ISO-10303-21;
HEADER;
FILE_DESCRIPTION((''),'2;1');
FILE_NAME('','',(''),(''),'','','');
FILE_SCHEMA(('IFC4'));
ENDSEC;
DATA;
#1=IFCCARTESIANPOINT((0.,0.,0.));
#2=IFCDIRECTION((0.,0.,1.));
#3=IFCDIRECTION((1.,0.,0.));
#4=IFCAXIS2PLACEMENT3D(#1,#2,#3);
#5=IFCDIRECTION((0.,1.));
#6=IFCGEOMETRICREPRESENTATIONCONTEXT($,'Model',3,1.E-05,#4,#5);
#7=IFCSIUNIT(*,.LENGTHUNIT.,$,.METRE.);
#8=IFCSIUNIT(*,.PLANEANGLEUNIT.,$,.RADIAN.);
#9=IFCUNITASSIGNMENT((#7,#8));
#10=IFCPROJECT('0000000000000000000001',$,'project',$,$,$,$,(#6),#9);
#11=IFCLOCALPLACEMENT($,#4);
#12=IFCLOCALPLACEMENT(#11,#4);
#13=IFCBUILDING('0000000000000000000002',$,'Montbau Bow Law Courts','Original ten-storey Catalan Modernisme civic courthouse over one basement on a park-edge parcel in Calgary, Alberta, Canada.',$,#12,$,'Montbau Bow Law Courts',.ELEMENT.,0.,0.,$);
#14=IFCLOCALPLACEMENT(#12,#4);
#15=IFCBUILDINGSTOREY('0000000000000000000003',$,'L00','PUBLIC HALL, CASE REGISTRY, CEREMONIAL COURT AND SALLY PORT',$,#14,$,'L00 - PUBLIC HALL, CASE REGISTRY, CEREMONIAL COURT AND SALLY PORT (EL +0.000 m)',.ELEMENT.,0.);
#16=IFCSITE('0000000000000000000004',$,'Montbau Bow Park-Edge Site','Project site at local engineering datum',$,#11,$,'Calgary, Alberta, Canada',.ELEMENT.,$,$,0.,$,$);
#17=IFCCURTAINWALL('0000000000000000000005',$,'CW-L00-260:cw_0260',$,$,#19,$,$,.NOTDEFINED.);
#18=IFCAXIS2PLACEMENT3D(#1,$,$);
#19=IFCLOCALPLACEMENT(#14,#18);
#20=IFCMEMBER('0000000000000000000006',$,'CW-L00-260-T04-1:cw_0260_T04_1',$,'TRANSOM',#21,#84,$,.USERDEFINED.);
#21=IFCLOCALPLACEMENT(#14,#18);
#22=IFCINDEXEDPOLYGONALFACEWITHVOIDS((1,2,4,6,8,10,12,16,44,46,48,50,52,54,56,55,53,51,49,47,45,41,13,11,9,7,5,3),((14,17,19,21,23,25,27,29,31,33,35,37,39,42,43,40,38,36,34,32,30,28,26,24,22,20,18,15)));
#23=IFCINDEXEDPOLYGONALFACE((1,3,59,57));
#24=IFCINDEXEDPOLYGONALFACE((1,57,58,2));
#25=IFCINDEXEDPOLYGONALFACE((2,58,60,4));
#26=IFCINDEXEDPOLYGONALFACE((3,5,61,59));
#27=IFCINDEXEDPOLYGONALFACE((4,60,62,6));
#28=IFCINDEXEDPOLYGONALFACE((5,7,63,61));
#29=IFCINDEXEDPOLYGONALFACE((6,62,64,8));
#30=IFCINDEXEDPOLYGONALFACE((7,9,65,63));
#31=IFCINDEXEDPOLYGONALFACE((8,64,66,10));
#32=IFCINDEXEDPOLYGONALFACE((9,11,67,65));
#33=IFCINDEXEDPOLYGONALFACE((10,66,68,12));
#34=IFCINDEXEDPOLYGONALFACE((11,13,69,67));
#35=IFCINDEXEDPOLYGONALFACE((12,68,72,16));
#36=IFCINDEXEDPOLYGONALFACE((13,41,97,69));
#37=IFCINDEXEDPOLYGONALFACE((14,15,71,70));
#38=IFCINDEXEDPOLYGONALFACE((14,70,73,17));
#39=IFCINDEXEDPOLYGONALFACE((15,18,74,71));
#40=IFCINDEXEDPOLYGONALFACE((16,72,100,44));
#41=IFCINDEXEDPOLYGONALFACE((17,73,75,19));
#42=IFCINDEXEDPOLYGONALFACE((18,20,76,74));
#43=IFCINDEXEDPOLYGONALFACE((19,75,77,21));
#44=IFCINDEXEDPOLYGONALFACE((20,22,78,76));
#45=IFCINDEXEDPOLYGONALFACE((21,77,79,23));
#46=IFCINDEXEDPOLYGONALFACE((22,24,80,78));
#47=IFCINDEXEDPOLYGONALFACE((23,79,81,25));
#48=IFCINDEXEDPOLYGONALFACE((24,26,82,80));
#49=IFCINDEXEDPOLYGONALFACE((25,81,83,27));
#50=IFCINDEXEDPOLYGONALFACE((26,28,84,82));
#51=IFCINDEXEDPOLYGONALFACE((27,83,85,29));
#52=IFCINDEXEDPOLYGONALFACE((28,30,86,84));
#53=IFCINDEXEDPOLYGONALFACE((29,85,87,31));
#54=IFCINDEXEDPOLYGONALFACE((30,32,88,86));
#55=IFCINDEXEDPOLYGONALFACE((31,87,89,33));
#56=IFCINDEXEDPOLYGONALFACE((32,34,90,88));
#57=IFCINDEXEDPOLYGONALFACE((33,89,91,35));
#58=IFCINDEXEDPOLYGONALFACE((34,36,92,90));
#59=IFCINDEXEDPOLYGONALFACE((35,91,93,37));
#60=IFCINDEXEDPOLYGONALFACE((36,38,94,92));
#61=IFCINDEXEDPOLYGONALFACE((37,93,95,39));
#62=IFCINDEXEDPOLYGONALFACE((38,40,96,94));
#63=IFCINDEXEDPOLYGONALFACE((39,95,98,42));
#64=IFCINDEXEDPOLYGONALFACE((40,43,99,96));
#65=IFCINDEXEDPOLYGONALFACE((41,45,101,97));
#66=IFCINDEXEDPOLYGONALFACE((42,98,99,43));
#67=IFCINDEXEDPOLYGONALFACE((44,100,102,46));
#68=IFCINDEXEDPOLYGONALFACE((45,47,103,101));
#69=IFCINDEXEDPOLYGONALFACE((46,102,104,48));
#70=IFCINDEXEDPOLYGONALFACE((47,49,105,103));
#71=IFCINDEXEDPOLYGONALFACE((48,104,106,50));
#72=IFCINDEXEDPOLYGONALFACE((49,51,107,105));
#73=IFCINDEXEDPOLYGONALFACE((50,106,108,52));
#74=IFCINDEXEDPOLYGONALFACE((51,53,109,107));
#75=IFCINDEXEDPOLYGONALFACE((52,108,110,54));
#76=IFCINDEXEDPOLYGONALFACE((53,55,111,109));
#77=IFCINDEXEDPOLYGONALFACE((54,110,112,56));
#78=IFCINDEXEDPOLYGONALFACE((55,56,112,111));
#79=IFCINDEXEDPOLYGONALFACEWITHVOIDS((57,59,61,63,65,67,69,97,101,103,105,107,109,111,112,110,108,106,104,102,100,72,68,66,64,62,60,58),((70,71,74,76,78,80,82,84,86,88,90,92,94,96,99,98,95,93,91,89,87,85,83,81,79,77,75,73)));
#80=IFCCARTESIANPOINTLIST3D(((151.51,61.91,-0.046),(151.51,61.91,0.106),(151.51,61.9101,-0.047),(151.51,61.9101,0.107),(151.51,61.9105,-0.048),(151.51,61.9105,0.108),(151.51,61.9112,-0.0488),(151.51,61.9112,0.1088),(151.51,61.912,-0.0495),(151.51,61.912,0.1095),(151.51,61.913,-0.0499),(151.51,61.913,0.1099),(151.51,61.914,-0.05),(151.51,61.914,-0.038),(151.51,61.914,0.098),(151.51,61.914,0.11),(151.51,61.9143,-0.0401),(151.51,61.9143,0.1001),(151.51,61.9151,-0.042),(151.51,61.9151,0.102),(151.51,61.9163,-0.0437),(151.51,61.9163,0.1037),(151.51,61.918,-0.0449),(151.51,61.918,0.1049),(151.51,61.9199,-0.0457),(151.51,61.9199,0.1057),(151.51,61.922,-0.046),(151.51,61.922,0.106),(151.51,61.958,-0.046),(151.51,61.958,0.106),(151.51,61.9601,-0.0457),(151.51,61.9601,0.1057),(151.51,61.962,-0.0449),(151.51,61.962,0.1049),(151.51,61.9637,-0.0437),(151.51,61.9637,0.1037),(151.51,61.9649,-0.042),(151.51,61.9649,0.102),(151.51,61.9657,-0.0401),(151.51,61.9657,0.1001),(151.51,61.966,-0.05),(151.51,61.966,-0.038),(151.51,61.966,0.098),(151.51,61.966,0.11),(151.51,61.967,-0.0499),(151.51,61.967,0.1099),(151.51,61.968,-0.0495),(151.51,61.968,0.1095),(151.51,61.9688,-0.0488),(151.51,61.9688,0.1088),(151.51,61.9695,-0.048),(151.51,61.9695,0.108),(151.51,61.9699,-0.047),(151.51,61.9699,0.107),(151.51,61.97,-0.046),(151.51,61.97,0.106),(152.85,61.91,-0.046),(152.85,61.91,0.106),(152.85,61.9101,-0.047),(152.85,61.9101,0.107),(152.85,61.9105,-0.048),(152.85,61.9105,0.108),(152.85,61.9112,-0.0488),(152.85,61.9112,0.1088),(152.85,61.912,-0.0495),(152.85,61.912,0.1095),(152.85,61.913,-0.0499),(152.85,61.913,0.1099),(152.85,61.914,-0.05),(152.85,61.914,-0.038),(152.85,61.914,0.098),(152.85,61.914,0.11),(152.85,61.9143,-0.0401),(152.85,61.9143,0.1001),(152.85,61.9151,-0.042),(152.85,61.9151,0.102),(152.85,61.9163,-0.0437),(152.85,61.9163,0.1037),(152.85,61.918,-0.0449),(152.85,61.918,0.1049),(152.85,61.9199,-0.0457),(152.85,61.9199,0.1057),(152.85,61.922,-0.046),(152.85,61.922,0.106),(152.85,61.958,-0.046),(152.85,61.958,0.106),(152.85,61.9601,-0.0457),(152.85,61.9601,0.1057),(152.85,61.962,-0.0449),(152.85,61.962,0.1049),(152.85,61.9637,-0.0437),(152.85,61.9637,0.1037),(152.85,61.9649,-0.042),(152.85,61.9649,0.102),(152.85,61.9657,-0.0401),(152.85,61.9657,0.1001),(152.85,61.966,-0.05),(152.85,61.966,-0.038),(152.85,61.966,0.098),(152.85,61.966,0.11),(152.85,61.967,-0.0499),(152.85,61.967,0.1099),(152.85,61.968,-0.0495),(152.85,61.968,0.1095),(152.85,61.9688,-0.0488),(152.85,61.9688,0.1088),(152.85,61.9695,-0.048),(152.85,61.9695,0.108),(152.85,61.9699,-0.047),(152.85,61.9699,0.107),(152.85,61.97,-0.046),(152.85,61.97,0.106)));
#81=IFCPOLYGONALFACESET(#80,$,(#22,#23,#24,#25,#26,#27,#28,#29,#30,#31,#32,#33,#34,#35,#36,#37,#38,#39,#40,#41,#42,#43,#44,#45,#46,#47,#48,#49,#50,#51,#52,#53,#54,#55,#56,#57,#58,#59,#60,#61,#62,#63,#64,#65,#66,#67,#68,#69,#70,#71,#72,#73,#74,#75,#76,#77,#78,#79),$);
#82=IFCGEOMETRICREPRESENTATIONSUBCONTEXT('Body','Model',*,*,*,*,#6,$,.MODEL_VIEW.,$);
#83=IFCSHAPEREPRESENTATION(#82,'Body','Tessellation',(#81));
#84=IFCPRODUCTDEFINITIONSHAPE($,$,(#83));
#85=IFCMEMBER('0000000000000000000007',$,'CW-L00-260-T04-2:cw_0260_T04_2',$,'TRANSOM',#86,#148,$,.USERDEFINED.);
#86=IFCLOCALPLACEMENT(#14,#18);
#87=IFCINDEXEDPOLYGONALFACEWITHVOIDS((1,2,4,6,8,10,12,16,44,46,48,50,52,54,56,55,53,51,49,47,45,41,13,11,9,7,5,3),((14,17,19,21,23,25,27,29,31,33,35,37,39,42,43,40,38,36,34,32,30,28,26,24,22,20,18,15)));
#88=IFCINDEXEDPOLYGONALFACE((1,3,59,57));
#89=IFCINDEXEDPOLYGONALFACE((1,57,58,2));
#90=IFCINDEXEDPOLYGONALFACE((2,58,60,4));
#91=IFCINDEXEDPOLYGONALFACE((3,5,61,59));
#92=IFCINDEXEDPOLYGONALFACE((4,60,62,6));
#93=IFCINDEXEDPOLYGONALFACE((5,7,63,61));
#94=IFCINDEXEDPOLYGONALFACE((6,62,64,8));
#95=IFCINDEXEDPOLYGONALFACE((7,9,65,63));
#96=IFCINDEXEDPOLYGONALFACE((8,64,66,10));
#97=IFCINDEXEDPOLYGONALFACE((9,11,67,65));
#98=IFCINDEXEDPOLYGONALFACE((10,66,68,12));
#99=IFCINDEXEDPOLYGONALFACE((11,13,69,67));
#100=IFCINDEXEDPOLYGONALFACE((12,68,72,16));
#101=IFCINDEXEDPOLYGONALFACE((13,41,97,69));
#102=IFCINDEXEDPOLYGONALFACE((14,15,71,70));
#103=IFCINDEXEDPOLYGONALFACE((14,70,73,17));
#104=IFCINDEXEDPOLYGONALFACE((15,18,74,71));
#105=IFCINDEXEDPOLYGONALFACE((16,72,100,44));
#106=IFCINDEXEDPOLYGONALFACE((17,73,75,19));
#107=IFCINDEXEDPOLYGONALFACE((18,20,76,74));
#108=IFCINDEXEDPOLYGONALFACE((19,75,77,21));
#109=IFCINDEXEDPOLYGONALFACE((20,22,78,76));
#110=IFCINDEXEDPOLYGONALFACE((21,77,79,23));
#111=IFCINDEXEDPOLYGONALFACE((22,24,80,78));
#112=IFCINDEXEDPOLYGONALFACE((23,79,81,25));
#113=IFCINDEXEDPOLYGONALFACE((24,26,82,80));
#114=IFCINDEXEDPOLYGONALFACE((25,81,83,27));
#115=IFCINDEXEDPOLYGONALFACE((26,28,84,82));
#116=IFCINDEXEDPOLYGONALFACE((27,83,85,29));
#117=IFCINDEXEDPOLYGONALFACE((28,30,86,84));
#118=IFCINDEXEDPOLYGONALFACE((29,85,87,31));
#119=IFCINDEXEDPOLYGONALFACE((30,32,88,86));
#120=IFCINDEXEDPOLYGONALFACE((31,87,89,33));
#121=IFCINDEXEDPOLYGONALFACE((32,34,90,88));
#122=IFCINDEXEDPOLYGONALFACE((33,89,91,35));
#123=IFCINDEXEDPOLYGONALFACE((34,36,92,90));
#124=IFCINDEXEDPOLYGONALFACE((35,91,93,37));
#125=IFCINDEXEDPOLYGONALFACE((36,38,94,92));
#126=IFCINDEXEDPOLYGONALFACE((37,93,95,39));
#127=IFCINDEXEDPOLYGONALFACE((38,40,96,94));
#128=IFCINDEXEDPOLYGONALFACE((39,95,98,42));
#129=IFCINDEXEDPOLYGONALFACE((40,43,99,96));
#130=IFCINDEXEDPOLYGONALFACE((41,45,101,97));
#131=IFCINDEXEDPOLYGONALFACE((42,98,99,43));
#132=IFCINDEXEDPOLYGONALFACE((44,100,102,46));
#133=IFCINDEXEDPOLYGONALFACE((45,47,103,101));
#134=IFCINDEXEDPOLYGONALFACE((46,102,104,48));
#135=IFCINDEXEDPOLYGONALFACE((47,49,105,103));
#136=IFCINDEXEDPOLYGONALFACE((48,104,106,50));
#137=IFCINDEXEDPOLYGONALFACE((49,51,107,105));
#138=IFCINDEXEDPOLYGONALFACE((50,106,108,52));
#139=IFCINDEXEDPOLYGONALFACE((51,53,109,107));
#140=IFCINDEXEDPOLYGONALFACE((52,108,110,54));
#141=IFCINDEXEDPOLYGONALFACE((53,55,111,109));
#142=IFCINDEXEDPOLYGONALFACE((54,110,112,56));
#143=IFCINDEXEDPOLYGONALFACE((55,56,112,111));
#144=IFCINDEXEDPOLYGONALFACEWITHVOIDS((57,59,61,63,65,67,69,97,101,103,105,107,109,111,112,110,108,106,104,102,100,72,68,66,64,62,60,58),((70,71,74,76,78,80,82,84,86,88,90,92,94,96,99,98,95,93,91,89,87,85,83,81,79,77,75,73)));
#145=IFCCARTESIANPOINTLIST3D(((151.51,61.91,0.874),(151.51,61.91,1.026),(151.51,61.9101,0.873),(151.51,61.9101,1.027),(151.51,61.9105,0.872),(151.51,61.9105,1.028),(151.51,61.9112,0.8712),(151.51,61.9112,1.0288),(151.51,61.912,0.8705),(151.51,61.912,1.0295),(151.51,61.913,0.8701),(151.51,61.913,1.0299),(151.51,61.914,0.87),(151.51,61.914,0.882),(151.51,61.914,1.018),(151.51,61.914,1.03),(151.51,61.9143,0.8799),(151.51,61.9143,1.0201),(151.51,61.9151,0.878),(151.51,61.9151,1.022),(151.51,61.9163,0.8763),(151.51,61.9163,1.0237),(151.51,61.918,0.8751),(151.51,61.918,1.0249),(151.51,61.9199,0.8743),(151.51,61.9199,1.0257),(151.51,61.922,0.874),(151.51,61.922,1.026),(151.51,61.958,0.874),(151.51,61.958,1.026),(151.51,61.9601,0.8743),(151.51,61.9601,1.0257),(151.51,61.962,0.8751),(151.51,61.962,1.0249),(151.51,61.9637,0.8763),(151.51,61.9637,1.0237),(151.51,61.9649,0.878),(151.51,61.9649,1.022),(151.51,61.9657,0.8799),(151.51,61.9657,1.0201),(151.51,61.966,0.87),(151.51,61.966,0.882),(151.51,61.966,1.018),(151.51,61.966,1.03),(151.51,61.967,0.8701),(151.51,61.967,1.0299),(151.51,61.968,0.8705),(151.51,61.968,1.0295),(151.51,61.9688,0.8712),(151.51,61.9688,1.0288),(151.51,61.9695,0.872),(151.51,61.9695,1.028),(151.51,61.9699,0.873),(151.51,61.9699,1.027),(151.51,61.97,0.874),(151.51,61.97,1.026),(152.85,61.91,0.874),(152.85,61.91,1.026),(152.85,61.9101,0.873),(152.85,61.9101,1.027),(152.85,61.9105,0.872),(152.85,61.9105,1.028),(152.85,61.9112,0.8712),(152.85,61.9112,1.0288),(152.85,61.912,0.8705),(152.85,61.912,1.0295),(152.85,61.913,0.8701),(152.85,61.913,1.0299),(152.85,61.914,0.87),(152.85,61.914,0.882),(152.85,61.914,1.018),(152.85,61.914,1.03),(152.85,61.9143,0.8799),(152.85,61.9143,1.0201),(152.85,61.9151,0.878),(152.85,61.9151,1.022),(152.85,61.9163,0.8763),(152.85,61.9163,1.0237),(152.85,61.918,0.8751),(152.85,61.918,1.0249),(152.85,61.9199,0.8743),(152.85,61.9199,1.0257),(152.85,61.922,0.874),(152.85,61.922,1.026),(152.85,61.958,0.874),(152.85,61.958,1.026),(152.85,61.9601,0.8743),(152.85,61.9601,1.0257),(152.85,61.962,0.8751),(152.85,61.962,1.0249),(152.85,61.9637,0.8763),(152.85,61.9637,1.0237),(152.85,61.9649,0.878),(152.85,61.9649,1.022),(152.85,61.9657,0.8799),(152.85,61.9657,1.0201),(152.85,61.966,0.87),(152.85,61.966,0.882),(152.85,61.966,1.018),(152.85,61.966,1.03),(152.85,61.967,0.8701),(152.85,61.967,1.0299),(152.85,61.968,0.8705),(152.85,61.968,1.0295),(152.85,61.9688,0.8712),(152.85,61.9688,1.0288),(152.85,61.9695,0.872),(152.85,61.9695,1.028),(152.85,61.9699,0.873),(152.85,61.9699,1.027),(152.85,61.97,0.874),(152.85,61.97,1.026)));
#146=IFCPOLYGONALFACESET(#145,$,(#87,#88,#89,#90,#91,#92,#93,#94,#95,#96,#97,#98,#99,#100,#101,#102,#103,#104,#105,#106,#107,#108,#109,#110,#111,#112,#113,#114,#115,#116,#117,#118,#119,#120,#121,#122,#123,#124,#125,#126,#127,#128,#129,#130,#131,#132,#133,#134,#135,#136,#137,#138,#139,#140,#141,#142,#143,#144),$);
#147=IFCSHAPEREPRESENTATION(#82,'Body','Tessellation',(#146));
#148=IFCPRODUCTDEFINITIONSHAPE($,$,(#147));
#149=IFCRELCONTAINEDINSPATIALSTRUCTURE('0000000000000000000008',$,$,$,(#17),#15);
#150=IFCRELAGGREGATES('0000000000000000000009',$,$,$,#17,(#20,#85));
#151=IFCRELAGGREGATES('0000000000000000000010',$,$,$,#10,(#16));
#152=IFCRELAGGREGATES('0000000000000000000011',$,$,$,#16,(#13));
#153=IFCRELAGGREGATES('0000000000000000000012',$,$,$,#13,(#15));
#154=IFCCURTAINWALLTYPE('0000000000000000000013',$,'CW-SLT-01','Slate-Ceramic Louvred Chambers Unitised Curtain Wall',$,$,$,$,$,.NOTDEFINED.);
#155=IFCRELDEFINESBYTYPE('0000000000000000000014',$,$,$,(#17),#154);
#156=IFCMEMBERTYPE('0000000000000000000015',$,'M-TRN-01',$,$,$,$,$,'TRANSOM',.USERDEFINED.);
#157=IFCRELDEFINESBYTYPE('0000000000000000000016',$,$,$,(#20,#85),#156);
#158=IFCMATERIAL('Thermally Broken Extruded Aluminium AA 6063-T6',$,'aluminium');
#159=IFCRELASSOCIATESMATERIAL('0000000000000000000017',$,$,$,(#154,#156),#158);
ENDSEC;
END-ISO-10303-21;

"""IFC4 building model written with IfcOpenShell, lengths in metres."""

from ifc_helpers import new_model, si_unit, direction, frame, origin_with_axes, origin_2d_with_axis, place, context, subcontext, project, spatial, hollow_rectangle, extrude, material, material_profile, profile_set, type_object, element, aggregate, save


model = new_model("IFC4")

# Units and contexts
model_context = context("Model", 3, precision=1e-05, world=origin_with_axes(), true_north=direction((0.0, 1.0)))
body_context = subcontext(model_context, "Body", "Model", "MODEL_VIEW")
ifc_project = project(units=[si_unit("LENGTHUNIT", "METRE"), si_unit("PLANEANGLEUNIT", "RADIAN")], contexts=[model_context])

# Site, building, storey
site_placement = place(None, origin_with_axes())
site = spatial("IfcSite", under=ifc_project, at=site_placement, Name="Montbau Bow Park-Edge Site", Description="Project site at local engineering datum", LongName="Calgary, Alberta, Canada", CompositionType="ELEMENT", RefElevation=0.0)
building_placement = place(site_placement, origin_with_axes())
building = spatial("IfcBuilding", under=site, at=building_placement, Name="Montbau Bow Law Courts", Description="Original ten-storey Catalan Modernisme civic courthouse over one basement on a park-edge parcel in Calgary, Alberta, Canada.", LongName="Montbau Bow Law Courts", CompositionType="ELEMENT", ElevationOfRefHeight=0.0, ElevationOfTerrain=0.0)
storey_placement = place(building_placement, origin_with_axes())
storey = spatial("IfcBuildingStorey", under=building, at=storey_placement, Name="L00", Description="PUBLIC HALL, CASE REGISTRY, CEREMONIAL COURT AND SALLY PORT", LongName="L00 - PUBLIC HALL, CASE REGISTRY, CEREMONIAL COURT AND SALLY PORT (EL +0.000 m)", CompositionType="ELEMENT", Elevation=0.0)

# Curtain wall, members
ifc_material_1 = material(Name="Thermally Broken Extruded Aluminium AA 6063-T6", Category="aluminium")
curtain_wall_type = type_object("IfcCurtainWallType", Name="CW-SLT-01", Description="Slate-Ceramic Louvred Chambers Unitised Curtain Wall", PredefinedType="NOTDEFINED", material=ifc_material_1)
curtain_wall_1_placement = place(None, frame((147.268, 61.94, 0.0), z_axis=(0.0, 0.0, 1.0), x_axis=(1.0, 0.0, 0.0)))
curtain_wall_1 = element("IfcCurtainWall", 1, at=curtain_wall_1_placement, inside=storey, type_object=curtain_wall_type, Name="CW-L00-260:cw_0260", PredefinedType="NOTDEFINED")
ifc_material_profile_1 = material_profile(ifc_material_1, hollow_rectangle(XDim=0.06, YDim=0.16, WallThickness=0.004, InnerFilletRadius=0.008, OuterFilletRadius=0.004, at=origin_2d_with_axis()), Name="CWT-160X60", Category="Main", Priority=0)
ifc_profile_set_1 = profile_set([ifc_material_profile_1], Name="Thermally Broken Extruded Aluminium AA 6063-T6")
member_type_1 = type_object("IfcMemberType", Name="M-TRN-01", ElementType="TRANSOM", PredefinedType="USERDEFINED", material=ifc_profile_set_1)
member_1_placement = place(None, frame((151.51, 61.94, 0.03), z_axis=(1.0, 0.0, 0.0), x_axis=(0.0, 1.0, 0.0)))
member_1 = element("IfcMember", 2, at=member_1_placement, type_object=member_type_1, Name="CW-L00-260-T04-1:cw_0260_T04_1", ObjectType="TRANSOM", PredefinedType="USERDEFINED", context=body_context, shape_type="SweptSolid", body=[
    extrude(hollow_rectangle(XDim=0.06, YDim=0.16, WallThickness=0.004, InnerFilletRadius=0.008, OuterFilletRadius=0.004, at=origin_2d_with_axis()), origin_with_axes(), (0.0, 0.0, 1.0), 1.34),
])
member_2_placement = place(None, frame((151.51, 61.94, 0.95), z_axis=(1.0, 0.0, 0.0), x_axis=(0.0, 1.0, 0.0)))
member_2 = element("IfcMember", 3, at=member_2_placement, type_object=member_type_1, Name="CW-L00-260-T04-2:cw_0260_T04_2", ObjectType="TRANSOM", PredefinedType="USERDEFINED", context=body_context, shape_type="SweptSolid", body=[
    extrude(hollow_rectangle(XDim=0.06, YDim=0.16, WallThickness=0.004, InnerFilletRadius=0.008, OuterFilletRadius=0.004, at=origin_2d_with_axis()), origin_with_axes(), (0.0, 0.0, 1.0), 1.34),
])

aggregate(curtain_wall_1, [member_1, member_2])

save(model, "model.ifc")
